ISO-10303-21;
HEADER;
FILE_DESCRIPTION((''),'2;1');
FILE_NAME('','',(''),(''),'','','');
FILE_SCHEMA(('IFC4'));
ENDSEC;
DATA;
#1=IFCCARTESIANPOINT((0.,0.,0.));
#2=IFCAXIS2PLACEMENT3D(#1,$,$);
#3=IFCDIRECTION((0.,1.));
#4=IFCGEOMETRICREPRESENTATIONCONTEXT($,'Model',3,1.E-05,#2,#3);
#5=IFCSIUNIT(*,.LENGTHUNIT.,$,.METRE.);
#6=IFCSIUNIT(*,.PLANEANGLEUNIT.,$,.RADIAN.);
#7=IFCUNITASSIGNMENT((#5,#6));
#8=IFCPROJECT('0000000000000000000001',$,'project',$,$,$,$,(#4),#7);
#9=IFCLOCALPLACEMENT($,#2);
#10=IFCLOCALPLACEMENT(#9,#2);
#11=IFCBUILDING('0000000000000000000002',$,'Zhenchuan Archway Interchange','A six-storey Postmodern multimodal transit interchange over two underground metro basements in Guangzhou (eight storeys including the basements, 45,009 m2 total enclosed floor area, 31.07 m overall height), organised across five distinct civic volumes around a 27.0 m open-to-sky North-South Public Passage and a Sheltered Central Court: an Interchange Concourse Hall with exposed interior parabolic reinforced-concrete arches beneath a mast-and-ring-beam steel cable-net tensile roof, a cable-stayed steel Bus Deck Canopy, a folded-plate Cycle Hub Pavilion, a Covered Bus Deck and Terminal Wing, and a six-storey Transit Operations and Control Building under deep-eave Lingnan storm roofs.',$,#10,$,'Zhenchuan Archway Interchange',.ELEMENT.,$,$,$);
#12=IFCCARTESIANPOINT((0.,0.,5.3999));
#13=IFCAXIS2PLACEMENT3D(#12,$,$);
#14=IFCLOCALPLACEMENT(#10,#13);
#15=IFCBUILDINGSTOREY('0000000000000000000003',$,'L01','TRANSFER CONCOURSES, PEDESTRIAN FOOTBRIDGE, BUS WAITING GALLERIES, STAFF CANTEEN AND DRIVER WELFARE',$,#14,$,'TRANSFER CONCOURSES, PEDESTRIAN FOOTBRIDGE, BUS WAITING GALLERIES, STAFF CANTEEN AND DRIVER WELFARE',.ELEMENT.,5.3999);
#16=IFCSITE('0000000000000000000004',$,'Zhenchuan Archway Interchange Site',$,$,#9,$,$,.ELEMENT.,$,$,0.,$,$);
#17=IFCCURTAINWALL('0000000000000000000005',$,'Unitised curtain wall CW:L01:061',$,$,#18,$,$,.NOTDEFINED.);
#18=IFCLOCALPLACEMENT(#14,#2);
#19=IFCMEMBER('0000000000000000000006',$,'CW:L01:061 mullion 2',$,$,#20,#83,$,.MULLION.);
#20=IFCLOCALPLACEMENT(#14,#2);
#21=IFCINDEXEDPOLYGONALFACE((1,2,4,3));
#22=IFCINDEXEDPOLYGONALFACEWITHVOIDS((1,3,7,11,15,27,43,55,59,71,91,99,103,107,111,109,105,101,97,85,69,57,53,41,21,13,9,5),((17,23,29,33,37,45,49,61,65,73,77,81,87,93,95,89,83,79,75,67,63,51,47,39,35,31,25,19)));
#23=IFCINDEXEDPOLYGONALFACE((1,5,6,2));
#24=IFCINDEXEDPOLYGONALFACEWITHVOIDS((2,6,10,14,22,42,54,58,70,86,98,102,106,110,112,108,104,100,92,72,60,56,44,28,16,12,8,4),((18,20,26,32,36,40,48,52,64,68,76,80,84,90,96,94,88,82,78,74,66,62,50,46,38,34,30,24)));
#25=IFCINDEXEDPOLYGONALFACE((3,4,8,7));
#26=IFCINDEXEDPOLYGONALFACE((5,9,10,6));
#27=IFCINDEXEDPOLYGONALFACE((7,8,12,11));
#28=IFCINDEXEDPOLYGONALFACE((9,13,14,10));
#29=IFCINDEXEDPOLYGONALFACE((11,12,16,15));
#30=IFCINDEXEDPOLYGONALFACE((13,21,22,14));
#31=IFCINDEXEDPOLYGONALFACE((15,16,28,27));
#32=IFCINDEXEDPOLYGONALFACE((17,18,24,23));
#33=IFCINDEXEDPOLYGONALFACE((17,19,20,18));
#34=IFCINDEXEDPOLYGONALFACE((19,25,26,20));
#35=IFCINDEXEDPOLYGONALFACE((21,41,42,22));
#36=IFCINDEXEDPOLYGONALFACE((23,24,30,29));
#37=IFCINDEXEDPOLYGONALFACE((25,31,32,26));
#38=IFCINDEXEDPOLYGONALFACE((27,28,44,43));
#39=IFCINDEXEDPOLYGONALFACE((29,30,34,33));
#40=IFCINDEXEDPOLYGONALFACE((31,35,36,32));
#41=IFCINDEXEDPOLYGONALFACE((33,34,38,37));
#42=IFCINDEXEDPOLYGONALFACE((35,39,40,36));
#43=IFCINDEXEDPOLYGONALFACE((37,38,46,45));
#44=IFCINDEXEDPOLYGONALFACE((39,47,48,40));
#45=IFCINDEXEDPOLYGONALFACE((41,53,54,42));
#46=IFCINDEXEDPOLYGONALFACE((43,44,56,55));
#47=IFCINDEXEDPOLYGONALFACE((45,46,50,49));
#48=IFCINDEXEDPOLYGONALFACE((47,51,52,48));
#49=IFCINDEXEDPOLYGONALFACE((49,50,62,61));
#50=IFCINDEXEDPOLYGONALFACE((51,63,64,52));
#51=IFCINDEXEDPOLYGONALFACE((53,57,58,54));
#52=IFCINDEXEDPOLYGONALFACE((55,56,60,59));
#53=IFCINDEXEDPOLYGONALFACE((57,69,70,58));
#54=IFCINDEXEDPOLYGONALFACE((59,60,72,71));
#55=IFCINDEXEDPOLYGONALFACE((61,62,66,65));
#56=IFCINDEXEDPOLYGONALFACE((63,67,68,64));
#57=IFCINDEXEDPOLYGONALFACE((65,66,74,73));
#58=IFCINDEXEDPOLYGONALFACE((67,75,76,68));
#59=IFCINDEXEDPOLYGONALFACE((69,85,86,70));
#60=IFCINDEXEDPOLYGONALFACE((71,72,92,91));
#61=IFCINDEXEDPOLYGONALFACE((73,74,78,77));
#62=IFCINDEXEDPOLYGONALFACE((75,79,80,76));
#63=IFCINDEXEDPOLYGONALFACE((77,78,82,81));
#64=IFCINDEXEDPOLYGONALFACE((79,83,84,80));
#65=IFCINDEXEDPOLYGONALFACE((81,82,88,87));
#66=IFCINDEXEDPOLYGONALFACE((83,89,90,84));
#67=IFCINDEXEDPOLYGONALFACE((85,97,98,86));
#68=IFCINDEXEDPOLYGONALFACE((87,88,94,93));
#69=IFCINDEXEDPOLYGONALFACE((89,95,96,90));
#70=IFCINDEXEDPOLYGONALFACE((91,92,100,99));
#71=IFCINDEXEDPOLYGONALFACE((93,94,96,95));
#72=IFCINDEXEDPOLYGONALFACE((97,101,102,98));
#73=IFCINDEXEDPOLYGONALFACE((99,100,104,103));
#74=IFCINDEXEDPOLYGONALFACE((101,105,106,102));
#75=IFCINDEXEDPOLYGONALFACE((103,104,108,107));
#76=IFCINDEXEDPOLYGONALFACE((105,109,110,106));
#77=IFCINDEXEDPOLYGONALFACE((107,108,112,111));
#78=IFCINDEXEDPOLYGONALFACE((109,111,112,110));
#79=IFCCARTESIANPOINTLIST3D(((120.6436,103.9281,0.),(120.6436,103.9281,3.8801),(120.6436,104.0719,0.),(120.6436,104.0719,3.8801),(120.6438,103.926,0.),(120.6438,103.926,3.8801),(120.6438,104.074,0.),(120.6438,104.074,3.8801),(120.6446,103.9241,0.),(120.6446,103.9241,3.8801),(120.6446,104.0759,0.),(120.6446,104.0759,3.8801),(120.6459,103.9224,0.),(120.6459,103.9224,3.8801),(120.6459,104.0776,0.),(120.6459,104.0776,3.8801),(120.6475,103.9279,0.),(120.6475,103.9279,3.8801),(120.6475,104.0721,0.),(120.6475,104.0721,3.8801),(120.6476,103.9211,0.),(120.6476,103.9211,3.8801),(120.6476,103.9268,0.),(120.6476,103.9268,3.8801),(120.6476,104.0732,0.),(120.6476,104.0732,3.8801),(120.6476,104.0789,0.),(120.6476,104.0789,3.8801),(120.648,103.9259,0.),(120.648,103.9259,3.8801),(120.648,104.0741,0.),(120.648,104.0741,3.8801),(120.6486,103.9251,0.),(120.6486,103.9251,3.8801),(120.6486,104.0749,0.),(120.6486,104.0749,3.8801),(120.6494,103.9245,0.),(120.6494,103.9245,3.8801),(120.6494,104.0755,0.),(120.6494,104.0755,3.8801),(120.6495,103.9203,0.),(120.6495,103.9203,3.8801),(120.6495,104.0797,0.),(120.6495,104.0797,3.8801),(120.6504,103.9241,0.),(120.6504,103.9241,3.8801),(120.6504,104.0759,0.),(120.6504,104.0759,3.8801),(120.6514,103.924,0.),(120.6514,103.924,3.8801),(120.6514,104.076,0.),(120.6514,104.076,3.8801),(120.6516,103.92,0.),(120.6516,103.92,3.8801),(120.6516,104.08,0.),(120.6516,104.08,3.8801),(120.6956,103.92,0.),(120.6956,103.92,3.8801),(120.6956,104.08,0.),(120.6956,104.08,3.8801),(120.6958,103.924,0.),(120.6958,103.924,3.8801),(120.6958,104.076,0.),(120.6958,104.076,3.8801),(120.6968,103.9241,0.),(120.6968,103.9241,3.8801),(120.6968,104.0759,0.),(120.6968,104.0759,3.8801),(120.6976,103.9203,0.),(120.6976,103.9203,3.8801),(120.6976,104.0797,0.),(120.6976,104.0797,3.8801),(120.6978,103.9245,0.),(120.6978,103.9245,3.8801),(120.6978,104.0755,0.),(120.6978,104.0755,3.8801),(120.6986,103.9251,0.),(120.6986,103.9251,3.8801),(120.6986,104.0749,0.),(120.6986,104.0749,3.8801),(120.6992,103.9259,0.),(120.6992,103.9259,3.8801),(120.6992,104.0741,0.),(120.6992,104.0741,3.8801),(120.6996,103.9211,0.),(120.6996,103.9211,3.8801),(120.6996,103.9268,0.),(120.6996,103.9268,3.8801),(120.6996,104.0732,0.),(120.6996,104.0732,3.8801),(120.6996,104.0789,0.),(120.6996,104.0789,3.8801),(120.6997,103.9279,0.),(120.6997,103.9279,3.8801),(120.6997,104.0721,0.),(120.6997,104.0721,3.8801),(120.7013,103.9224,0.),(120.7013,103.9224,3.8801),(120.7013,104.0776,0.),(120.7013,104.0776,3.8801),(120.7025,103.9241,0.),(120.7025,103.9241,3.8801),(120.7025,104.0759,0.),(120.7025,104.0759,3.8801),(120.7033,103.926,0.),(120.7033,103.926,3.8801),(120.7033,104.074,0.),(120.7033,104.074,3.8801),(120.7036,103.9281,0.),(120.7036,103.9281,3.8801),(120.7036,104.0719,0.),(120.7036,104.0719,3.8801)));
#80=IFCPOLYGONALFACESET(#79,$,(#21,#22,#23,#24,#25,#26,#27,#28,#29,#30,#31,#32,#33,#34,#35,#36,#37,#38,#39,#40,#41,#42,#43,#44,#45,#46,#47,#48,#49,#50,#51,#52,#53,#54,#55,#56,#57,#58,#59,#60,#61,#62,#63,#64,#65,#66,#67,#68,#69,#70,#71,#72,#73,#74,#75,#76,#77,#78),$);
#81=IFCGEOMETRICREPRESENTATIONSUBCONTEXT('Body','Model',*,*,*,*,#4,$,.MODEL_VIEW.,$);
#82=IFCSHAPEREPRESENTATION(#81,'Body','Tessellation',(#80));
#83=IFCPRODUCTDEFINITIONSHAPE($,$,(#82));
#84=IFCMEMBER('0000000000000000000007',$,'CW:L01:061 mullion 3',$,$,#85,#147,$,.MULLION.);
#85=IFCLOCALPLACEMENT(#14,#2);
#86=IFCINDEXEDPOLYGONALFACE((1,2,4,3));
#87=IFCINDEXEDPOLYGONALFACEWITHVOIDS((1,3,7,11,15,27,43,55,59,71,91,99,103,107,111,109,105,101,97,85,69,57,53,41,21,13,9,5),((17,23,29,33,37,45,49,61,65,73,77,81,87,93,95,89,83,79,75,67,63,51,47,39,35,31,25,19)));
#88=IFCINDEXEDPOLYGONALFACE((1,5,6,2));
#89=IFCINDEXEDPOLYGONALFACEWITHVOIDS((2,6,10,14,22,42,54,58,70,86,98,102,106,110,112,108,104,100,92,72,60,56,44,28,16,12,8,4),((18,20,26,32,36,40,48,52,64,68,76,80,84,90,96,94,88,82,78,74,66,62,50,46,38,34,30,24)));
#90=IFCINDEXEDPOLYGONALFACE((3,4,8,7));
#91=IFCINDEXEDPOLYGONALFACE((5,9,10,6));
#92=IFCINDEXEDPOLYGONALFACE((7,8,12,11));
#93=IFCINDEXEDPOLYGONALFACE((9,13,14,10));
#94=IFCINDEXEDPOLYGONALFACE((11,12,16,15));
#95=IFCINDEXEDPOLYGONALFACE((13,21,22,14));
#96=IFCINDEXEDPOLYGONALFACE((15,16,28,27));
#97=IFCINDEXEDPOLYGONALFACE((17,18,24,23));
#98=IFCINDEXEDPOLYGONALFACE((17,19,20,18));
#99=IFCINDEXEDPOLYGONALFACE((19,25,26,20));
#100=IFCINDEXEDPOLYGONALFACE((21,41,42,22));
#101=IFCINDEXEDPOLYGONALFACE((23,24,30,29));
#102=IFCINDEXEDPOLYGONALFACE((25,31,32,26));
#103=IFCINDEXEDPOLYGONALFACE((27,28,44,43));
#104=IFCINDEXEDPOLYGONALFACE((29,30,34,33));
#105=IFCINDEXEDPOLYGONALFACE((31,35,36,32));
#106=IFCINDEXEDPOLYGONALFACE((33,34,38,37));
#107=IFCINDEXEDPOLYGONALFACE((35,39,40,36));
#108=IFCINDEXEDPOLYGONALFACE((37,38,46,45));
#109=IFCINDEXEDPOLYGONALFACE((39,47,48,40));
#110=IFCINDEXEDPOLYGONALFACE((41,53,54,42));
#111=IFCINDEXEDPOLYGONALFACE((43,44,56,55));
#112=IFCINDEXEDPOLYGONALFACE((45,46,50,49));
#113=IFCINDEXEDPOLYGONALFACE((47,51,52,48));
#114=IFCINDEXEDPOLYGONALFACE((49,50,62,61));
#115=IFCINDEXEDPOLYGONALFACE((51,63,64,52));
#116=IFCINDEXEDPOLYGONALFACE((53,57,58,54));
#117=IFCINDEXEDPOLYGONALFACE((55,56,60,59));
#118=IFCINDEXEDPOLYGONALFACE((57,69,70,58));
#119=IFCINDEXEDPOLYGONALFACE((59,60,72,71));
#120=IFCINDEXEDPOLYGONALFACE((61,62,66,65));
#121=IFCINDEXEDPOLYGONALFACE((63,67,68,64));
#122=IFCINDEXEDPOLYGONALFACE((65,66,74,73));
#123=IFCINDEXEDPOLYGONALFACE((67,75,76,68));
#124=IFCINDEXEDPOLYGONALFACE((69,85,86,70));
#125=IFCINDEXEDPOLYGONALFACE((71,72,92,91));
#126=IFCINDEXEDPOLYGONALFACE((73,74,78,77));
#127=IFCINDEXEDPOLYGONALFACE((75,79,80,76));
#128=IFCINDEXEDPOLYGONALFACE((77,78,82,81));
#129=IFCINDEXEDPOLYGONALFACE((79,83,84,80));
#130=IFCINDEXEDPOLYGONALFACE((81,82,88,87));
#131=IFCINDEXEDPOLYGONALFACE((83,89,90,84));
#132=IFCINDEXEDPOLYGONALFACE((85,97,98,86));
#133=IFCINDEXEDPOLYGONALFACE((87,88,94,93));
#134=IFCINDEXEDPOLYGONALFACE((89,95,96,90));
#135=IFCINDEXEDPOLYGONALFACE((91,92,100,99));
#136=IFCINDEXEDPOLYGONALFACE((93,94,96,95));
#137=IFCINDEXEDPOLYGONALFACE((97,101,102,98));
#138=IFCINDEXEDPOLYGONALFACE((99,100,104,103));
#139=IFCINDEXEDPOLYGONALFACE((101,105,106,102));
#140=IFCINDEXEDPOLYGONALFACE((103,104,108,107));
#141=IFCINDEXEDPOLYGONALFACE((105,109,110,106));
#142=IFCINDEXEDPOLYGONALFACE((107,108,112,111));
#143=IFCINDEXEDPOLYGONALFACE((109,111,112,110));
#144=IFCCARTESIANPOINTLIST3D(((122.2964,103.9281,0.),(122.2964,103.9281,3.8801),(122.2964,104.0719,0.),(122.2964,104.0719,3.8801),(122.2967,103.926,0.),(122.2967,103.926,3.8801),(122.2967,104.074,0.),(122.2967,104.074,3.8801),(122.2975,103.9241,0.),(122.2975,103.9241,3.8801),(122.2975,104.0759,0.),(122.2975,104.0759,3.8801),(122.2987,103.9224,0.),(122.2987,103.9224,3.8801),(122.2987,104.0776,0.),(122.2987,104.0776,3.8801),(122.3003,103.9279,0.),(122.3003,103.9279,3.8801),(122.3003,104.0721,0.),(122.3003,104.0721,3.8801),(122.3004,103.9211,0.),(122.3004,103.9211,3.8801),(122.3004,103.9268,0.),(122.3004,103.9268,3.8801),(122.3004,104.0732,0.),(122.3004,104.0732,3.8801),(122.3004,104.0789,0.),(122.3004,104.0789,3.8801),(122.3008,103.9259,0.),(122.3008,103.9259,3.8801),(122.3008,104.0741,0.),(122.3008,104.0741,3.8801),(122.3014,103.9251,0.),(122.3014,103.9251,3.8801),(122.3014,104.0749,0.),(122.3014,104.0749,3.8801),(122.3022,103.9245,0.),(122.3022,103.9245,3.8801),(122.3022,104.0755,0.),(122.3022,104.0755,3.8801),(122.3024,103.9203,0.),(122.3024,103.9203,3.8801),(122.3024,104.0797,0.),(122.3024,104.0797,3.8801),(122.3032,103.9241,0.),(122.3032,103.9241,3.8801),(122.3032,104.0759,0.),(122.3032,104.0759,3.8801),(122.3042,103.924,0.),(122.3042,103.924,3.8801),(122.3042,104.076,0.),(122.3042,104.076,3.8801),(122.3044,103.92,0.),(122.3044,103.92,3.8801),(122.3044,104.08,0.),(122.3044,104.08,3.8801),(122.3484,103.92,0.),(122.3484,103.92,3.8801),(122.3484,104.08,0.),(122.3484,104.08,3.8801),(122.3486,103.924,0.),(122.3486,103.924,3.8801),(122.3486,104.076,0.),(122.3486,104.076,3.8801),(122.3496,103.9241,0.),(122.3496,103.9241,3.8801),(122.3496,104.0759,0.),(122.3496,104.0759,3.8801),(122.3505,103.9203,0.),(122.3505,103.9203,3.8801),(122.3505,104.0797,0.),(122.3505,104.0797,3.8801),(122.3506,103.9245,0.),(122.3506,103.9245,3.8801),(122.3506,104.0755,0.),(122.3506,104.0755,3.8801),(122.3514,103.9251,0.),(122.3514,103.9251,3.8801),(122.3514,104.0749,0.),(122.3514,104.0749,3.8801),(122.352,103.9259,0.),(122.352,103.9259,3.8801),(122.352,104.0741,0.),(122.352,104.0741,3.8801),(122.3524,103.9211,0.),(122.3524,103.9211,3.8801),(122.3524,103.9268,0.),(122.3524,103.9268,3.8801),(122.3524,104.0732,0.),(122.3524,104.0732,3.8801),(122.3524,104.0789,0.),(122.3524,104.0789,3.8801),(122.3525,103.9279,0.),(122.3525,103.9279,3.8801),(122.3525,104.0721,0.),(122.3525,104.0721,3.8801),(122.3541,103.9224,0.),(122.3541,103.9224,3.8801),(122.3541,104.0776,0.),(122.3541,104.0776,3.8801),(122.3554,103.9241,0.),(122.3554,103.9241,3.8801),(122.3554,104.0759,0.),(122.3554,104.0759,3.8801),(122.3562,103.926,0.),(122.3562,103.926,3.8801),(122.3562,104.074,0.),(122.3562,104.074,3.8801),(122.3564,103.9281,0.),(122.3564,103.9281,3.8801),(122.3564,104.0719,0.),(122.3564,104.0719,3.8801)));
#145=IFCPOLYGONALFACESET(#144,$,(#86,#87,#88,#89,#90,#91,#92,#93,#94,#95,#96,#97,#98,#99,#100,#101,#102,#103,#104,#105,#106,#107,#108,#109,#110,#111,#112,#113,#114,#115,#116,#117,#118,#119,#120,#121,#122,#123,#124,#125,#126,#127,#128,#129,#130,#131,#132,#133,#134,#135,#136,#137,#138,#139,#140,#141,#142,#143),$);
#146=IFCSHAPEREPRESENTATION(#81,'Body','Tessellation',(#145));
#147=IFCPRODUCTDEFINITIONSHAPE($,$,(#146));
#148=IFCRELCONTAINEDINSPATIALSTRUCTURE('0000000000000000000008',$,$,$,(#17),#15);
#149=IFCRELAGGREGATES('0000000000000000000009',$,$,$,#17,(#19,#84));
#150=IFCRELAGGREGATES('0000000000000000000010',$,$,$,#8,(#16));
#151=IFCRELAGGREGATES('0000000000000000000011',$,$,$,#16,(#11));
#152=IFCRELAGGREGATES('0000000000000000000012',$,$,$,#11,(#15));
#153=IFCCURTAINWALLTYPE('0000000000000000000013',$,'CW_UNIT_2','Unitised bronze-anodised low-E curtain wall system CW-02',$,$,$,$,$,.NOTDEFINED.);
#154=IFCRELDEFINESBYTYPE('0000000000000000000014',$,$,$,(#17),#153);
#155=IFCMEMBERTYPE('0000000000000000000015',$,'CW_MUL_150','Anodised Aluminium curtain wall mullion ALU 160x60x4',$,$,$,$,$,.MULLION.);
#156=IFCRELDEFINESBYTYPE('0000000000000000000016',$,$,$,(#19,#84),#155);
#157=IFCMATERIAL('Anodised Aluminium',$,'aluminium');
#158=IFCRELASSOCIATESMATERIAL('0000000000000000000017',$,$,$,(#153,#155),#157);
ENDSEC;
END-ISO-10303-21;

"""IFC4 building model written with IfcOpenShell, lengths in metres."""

from ifc_helpers import new_model, si_unit, direction, frame, origin, origin_2d, place, context, subcontext, project, spatial, hollow_rectangle, extrude, material, material_profile, profile_set, type_object, element, aggregate, save


model = new_model("IFC4")

# Units and contexts
model_context = context("Model", 3, precision=1e-05, world=origin(), true_north=direction((0.0, 1.0)))
body_context = subcontext(model_context, "Body", "Model", "MODEL_VIEW")
ifc_project = project(units=[si_unit("LENGTHUNIT", "METRE"), si_unit("PLANEANGLEUNIT", "RADIAN")], contexts=[model_context])

# Site, building, storey
site_placement = place(None, origin())
site = spatial("IfcSite", under=ifc_project, at=site_placement, Name="Zhenchuan Archway Interchange Site", CompositionType="ELEMENT", RefElevation=0.0)
building_placement = place(site_placement, origin())
building = spatial("IfcBuilding", under=site, at=building_placement, Name="Zhenchuan Archway Interchange", Description="A six-storey Postmodern multimodal transit interchange over two underground metro basements in Guangzhou (eight storeys including the basements, 45,009 m2 total enclosed floor area, 31.07 m overall height), organised across five distinct civic volumes around a 27.0 m open-to-sky North-South Public Passage and a Sheltered Central Court: an Interchange Concourse Hall with exposed interior parabolic reinforced-concrete arches beneath a mast-and-ring-beam steel cable-net tensile roof, a cable-stayed steel Bus Deck Canopy, a folded-plate Cycle Hub Pavilion, a Covered Bus Deck and Terminal Wing, and a six-storey Transit Operations and Control Building under deep-eave Lingnan storm roofs.", LongName="Zhenchuan Archway Interchange", CompositionType="ELEMENT")
storey_placement = place(building_placement, frame((0.0, 0.0, 5.3999)))
storey = spatial("IfcBuildingStorey", under=building, at=storey_placement, Name="L01", Description="TRANSFER CONCOURSES, PEDESTRIAN FOOTBRIDGE, BUS WAITING GALLERIES, STAFF CANTEEN AND DRIVER WELFARE", LongName="TRANSFER CONCOURSES, PEDESTRIAN FOOTBRIDGE, BUS WAITING GALLERIES, STAFF CANTEEN AND DRIVER WELFARE", CompositionType="ELEMENT", Elevation=5.3999)

# Curtain wall, members
ifc_material_1 = material(Name="Anodised Aluminium", Category="aluminium")
curtain_wall_type = type_object("IfcCurtainWallType", Name="CW_UNIT_2", Description="Unitised bronze-anodised low-E curtain wall system CW-02", PredefinedType="NOTDEFINED", material=ifc_material_1)
curtain_wall_placement = place(storey_placement, origin())
curtain_wall = element("IfcCurtainWall", 1, at=curtain_wall_placement, inside=storey, type_object=curtain_wall_type, Name="Unitised curtain wall CW:L01:061", PredefinedType="NOTDEFINED")
ifc_material_profile_1 = material_profile(ifc_material_1, hollow_rectangle(XDim=0.0601, YDim=0.1599, WallThickness=0.0039, InnerFilletRadius=0.0039, OuterFilletRadius=0.0081, at=origin_2d()), Name="ALU 160x60x4")
ifc_profile_set_1 = profile_set([ifc_material_profile_1], Name="Anodised Aluminium")
member_type_1 = type_object("IfcMemberType", Name="CW_MUL_150", Description="Anodised Aluminium curtain wall mullion ALU 160x60x4", PredefinedType="MULLION", material=ifc_profile_set_1)
member_1_placement = place(storey_placement, frame((120.6736, 104.0, 0.0), z_axis=(0.0, 0.0, 1.0), x_axis=(1.0, 0.0, 0.0)))
member_1 = element("IfcMember", 2, at=member_1_placement, type_object=member_type_1, Name="CW:L01:061 mullion 2", PredefinedType="MULLION", context=body_context, shape_type="SweptSolid", body=[
    extrude(hollow_rectangle(XDim=0.0601, YDim=0.1599, WallThickness=0.0039, InnerFilletRadius=0.0039, OuterFilletRadius=0.0081, at=origin_2d()), origin(), (0.0, 0.0, 1.0), 3.8801),
])
member_2_placement = place(storey_placement, frame((122.3264, 104.0, 0.0), z_axis=(0.0, 0.0, 1.0), x_axis=(1.0, 0.0, 0.0)))
member_2 = element("IfcMember", 3, at=member_2_placement, type_object=member_type_1, Name="CW:L01:061 mullion 3", PredefinedType="MULLION", context=body_context, shape_type="SweptSolid", body=[
    extrude(hollow_rectangle(XDim=0.0601, YDim=0.1599, WallThickness=0.0039, InnerFilletRadius=0.0039, OuterFilletRadius=0.0081, at=origin_2d()), origin(), (0.0, 0.0, 1.0), 3.8801),
])

aggregate(curtain_wall, [member_1, member_2])

save(model, "model.ifc")
